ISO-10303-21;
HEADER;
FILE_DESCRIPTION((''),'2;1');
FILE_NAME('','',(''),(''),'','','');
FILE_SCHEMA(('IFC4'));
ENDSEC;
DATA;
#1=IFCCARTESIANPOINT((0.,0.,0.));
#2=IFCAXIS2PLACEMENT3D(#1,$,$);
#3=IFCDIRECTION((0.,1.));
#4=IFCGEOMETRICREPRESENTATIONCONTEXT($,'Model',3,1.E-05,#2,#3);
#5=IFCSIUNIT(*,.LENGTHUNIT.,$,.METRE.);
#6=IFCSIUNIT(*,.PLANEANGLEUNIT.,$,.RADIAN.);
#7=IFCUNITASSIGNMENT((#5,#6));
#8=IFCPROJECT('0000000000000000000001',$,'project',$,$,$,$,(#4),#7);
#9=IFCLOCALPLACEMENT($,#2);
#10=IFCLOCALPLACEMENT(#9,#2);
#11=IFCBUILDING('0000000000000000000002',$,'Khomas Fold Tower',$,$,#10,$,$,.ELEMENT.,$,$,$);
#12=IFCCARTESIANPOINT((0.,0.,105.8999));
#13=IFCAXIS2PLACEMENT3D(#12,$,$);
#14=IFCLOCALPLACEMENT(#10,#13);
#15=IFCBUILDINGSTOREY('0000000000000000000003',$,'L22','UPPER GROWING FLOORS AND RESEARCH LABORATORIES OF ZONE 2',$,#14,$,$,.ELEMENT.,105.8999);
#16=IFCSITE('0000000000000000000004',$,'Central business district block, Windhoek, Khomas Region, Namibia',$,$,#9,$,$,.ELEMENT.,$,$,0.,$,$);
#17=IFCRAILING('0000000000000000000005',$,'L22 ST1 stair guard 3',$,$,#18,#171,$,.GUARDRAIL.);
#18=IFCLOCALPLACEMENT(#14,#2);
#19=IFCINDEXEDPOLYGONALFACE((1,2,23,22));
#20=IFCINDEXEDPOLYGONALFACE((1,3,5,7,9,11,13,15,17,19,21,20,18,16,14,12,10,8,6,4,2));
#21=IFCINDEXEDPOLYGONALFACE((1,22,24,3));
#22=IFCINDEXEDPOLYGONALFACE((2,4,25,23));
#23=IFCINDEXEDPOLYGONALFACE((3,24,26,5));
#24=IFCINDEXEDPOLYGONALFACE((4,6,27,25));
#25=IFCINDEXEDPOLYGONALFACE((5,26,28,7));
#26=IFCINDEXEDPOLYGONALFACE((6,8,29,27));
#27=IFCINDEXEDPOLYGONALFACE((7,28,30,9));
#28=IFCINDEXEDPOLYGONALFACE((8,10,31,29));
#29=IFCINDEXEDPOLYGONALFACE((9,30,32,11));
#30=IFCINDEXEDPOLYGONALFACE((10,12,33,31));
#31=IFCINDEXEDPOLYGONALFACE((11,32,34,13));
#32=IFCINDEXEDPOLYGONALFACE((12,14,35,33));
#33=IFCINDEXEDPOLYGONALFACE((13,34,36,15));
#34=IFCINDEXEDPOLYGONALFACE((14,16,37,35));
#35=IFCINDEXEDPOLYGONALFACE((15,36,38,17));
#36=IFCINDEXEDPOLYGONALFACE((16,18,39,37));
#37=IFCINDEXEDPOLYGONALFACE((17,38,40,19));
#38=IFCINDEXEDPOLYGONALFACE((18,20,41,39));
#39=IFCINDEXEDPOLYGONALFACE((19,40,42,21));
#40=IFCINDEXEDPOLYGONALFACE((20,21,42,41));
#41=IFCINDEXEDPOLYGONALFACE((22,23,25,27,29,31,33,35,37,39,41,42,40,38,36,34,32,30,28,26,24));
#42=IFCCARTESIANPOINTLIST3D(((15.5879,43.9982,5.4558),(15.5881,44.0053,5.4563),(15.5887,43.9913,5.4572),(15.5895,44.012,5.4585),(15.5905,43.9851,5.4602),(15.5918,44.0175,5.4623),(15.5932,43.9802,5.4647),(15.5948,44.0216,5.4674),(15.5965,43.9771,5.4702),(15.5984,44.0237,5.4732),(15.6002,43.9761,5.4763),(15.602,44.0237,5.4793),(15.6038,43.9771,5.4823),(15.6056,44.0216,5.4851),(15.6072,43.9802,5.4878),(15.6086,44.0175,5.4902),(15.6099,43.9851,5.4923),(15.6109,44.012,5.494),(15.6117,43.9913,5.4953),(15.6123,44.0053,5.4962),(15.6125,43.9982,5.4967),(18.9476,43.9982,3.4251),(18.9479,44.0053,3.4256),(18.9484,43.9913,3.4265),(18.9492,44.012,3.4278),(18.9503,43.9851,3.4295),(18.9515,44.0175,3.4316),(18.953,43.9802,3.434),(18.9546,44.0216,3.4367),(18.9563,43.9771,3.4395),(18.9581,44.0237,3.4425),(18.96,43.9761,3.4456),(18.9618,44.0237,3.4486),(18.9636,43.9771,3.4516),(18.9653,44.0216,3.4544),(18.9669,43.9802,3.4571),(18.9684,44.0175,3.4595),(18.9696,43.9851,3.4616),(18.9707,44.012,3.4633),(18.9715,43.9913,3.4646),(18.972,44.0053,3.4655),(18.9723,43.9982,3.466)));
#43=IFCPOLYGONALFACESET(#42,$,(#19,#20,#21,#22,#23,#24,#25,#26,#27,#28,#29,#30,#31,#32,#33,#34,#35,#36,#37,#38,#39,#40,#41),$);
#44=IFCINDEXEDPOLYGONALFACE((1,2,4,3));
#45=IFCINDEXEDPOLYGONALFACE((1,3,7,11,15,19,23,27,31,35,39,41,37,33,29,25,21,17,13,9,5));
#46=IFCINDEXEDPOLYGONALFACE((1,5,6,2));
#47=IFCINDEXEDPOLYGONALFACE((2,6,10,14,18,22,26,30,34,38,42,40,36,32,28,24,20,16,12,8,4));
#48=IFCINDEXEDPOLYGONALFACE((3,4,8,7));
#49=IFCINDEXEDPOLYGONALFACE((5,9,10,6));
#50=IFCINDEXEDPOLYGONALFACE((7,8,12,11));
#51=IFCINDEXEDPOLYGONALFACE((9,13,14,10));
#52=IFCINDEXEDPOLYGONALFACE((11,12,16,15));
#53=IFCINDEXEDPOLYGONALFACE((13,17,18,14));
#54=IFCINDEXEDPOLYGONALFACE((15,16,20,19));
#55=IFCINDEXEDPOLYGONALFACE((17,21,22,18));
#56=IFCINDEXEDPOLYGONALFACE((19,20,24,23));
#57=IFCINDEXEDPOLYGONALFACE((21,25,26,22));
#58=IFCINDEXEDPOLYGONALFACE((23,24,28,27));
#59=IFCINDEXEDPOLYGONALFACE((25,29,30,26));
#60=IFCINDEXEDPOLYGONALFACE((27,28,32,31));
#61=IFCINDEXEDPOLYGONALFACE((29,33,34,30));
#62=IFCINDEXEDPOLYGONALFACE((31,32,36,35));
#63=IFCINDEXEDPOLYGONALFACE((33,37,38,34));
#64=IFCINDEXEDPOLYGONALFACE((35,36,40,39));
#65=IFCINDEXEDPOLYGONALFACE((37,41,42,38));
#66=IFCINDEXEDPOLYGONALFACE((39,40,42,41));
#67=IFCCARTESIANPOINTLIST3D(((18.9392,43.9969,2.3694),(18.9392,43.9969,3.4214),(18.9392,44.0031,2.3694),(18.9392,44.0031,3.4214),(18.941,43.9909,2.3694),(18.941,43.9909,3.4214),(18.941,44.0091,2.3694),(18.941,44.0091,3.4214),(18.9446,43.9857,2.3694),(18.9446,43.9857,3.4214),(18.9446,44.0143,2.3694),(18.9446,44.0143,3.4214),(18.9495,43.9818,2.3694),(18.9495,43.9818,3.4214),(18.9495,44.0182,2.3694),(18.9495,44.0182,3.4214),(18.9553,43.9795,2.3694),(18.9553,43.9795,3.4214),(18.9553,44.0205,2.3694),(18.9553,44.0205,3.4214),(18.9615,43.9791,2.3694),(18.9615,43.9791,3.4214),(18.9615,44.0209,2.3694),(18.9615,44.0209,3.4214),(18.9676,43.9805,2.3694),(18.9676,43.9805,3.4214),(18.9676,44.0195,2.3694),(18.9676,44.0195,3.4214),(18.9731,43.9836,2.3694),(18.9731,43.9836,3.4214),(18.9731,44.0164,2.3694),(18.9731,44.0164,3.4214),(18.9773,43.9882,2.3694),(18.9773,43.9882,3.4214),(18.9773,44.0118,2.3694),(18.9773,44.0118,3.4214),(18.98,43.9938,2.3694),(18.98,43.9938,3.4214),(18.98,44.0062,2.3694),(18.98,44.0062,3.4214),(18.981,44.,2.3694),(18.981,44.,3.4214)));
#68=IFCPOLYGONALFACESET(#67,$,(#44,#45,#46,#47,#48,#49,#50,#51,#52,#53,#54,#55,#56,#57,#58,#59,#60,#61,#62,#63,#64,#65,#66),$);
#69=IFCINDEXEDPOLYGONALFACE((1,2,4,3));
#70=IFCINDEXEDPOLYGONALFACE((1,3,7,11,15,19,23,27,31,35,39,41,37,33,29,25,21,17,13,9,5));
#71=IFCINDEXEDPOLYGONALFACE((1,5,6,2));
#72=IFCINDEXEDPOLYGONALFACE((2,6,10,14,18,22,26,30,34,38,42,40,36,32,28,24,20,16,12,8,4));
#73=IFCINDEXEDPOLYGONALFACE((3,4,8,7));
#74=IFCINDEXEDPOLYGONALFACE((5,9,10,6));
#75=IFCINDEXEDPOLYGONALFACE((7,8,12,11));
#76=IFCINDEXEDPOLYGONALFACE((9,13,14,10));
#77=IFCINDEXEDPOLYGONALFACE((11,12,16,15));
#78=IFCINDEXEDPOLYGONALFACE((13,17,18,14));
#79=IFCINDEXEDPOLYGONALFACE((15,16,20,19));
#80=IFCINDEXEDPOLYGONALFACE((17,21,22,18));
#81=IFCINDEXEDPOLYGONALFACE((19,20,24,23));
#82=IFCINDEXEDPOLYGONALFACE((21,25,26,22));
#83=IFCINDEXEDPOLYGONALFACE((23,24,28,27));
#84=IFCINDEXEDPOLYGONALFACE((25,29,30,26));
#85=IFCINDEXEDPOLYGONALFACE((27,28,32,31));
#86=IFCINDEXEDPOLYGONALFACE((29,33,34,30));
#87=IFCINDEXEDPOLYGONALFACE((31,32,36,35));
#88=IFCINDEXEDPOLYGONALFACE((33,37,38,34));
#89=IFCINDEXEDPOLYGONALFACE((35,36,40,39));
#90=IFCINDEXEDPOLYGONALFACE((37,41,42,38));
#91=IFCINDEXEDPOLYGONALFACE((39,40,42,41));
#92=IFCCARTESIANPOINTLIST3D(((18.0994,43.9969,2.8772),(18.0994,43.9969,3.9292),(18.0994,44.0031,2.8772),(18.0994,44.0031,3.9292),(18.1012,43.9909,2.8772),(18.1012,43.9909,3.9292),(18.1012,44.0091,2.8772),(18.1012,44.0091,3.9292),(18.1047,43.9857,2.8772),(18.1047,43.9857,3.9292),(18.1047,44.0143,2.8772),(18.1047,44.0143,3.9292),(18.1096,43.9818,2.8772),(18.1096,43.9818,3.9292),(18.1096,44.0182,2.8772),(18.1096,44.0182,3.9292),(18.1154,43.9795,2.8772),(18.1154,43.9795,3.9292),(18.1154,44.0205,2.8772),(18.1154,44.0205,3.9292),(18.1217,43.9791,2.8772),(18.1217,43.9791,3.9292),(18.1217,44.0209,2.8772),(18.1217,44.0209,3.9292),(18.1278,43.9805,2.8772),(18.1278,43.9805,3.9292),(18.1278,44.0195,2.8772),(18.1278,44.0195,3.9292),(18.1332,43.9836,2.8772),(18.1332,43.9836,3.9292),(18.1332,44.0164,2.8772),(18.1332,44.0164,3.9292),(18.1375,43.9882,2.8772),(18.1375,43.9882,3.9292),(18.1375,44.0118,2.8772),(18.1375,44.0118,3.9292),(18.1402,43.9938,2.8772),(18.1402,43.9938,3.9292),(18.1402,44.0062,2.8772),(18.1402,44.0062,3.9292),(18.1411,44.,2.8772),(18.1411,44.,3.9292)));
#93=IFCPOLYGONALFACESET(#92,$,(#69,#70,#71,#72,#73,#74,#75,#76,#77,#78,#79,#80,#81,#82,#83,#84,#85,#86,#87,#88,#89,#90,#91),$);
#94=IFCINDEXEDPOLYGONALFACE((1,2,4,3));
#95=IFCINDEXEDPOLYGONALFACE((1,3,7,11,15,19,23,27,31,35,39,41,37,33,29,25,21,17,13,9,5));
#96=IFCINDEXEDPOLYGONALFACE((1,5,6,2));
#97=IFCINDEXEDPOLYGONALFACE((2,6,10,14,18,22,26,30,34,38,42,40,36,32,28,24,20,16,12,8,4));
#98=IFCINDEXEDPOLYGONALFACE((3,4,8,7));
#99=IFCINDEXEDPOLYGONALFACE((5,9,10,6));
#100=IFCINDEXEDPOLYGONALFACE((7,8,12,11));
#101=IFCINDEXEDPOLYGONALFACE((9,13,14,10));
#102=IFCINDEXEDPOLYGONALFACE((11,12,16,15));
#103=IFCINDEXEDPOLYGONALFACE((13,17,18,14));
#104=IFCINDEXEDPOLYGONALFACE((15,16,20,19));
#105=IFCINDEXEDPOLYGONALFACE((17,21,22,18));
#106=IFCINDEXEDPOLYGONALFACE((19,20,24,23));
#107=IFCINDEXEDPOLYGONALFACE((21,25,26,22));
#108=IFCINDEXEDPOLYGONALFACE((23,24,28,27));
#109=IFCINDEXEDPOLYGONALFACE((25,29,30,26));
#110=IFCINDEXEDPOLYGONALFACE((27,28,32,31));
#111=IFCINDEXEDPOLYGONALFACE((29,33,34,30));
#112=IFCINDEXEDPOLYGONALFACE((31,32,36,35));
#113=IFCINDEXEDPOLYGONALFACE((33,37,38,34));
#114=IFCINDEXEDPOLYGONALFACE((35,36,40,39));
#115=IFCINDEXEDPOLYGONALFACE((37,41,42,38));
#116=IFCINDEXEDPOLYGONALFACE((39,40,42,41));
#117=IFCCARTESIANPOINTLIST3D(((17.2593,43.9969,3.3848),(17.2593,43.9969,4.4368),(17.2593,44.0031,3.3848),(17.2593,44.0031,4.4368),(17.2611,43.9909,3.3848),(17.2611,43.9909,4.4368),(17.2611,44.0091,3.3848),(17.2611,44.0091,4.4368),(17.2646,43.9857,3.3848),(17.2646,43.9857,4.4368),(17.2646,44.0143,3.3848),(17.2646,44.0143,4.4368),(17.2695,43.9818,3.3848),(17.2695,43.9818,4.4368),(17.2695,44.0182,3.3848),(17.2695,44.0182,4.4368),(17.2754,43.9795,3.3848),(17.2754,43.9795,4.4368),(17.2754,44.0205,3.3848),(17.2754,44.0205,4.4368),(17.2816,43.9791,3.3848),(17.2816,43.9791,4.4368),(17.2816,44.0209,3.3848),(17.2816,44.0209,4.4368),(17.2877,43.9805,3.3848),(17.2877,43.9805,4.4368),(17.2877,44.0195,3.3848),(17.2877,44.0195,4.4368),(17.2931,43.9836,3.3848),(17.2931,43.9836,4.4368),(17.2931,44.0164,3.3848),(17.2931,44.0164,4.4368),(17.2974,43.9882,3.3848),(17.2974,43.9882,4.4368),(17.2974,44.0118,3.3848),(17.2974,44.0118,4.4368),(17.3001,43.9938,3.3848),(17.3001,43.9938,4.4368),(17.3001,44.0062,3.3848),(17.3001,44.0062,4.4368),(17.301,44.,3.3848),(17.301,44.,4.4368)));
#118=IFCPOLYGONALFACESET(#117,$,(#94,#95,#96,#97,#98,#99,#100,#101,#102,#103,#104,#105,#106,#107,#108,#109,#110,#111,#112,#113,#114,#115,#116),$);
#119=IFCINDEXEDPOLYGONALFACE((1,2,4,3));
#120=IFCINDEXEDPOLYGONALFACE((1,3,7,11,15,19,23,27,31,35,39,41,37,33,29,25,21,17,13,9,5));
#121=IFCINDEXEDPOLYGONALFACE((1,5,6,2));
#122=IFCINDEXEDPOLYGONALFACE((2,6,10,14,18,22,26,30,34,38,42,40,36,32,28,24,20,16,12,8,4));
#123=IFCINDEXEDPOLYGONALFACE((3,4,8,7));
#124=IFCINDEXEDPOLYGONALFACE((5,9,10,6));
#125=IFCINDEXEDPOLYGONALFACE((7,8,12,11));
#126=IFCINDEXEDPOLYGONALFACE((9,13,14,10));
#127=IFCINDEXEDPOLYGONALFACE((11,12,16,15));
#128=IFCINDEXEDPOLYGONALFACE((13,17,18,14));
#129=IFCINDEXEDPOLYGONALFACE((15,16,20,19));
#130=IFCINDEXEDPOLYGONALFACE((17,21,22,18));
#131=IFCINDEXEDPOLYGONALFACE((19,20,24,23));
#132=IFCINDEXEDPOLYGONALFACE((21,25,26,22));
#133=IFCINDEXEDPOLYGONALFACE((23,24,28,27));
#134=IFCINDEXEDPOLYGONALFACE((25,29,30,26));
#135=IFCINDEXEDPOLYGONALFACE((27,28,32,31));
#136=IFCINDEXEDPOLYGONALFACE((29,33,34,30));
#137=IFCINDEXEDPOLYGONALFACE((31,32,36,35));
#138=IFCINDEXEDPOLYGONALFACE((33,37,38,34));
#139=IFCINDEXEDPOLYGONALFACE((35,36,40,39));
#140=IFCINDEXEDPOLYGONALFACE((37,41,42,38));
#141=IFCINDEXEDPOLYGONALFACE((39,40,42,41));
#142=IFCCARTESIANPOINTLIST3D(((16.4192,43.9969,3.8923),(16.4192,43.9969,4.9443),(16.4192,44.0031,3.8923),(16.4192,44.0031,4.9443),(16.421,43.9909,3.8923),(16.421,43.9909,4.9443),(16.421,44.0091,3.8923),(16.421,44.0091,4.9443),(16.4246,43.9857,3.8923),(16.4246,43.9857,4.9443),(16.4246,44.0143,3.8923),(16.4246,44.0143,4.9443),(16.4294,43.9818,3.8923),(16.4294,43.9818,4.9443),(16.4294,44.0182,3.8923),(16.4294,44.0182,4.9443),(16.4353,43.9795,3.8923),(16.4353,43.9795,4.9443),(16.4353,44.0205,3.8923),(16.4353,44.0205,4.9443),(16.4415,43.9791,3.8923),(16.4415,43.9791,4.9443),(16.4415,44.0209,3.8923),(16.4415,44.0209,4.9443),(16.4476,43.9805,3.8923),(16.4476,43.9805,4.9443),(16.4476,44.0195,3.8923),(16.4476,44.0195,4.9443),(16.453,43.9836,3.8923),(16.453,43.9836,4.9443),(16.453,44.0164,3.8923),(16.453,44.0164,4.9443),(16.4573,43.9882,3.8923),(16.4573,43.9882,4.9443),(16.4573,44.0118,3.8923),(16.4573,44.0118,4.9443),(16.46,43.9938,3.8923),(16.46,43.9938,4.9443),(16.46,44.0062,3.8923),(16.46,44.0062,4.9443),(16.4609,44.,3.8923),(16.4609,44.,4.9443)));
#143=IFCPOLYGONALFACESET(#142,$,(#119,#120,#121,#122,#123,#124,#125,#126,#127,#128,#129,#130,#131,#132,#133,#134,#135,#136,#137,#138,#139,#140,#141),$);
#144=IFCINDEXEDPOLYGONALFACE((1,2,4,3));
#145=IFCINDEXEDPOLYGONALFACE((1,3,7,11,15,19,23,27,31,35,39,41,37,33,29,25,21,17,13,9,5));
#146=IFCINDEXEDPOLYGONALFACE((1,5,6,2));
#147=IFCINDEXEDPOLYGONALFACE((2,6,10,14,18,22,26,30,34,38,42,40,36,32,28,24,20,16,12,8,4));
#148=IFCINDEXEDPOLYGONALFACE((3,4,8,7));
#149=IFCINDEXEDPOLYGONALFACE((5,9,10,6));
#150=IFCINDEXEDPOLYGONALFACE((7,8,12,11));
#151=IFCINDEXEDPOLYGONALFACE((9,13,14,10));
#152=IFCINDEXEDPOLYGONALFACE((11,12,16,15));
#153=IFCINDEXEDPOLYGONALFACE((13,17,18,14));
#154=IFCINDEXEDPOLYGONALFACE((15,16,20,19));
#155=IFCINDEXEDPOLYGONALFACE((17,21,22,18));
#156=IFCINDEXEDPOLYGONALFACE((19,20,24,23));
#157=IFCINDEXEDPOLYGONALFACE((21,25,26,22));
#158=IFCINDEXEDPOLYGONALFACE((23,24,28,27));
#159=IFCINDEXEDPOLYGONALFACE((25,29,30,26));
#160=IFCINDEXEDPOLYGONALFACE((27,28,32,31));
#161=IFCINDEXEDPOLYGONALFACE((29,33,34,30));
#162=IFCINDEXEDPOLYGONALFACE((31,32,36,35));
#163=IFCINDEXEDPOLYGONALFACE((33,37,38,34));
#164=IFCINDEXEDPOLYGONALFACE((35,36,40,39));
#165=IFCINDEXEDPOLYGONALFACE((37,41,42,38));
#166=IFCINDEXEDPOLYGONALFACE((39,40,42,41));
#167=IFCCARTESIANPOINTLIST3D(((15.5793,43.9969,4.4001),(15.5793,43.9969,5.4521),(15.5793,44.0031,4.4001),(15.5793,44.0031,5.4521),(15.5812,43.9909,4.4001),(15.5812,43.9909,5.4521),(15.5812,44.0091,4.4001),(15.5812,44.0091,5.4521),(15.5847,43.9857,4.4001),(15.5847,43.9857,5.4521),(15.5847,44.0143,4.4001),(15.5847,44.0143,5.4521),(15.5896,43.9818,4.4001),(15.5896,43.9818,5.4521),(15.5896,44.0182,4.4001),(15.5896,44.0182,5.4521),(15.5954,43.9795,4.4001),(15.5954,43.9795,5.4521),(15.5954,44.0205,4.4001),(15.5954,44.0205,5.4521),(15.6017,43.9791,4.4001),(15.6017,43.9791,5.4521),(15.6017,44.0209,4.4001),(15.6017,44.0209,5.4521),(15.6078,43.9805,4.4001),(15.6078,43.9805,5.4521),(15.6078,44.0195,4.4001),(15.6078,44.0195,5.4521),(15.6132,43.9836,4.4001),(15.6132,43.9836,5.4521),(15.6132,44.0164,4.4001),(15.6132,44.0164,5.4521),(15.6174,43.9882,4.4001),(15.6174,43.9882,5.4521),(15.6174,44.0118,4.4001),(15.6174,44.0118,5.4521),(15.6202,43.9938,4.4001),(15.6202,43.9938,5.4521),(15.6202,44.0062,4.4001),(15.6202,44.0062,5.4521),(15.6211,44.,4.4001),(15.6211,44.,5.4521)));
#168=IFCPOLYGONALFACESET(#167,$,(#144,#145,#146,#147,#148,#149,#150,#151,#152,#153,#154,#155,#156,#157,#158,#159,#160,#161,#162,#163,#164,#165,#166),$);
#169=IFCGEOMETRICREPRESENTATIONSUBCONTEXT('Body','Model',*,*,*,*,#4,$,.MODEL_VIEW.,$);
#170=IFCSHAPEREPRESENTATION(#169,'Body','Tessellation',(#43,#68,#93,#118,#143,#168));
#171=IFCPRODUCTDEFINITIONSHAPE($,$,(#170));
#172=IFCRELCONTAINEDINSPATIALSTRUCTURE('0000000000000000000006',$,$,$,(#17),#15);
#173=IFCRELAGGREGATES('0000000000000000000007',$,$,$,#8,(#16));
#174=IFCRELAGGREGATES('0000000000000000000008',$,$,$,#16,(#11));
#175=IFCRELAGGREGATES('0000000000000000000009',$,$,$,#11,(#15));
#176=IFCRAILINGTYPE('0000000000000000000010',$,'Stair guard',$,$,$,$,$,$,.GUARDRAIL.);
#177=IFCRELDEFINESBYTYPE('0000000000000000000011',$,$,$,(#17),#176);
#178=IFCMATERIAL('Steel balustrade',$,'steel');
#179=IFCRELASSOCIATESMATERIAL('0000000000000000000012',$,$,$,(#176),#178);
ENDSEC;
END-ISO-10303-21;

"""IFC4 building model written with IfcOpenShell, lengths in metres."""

from ifc_helpers import new_model, si_unit, direction, frame, origin, origin_2d, place, context, subcontext, project, spatial, circle, extrude, source, transform, mapped, material, type_object, element, save


model = new_model("IFC4")

# Units and contexts
model_context = context("Model", 3, precision=1e-05, world=origin(), true_north=direction((0.0, 1.0)))
body_context = subcontext(model_context, "Body", "Model", "MODEL_VIEW")
ifc_project = project(units=[si_unit("LENGTHUNIT", "METRE"), si_unit("PLANEANGLEUNIT", "RADIAN")], contexts=[model_context])

# Site, building, storey
site_placement = place(None, origin())
site = spatial("IfcSite", under=ifc_project, at=site_placement, Name="Central business district block, Windhoek, Khomas Region, Namibia", CompositionType="ELEMENT", RefElevation=0.0)
building_placement = place(site_placement, origin())
building = spatial("IfcBuilding", under=site, at=building_placement, Name="Khomas Fold Tower", CompositionType="ELEMENT")
storey_placement = place(building_placement, frame((0.0, 0.0, 105.8999)))
storey = spatial("IfcBuildingStorey", under=building, at=storey_placement, Name="L22", Description="UPPER GROWING FLOORS AND RESEARCH LABORATORIES OF ZONE 2", CompositionType="ELEMENT", Elevation=105.8999)

# Railing
ifc_material_1 = material(Name="Steel balustrade", Category="steel")
railing_type_1 = type_object("IfcRailingType", Name="Stair guard", PredefinedType="GUARDRAIL", material=ifc_material_1)
shared_shape_1 = source(origin(), body_context, "Body", "SweptSolid", [
    extrude(circle(Radius=0.0239, at=origin_2d()), frame((0.0, 0.0, 1.0762), z_axis=(-0.85582, 0.0, 0.517273), x_axis=(0.0, -1.0, 0.0)), (0.0, 0.0, 1.0), 3.9258),
    extrude(circle(Radius=0.021, at=origin_2d()), origin(), (0.0, 0.0, 1.0), 1.052),
    extrude(circle(Radius=0.021, at=origin_2d()), frame((-0.8398, 0.0, 0.5078)), (0.0, 0.0, 1.0), 1.052),
    extrude(circle(Radius=0.021, at=origin_2d()), frame((-1.6799, 0.0, 1.0154)), (0.0, 0.0, 1.0), 1.052),
    extrude(circle(Radius=0.021, at=origin_2d()), frame((-2.52, 0.0, 1.5229)), (0.0, 0.0, 1.0), 1.052),
    extrude(circle(Radius=0.021, at=origin_2d()), frame((-3.3599, 0.0, 2.0308)), (0.0, 0.0, 1.0), 1.052),
])
railing_1_placement = place(storey_placement, frame((18.96, 44.0, 2.3694)))
element("IfcRailing", 1, at=railing_1_placement, inside=storey, type_object=railing_type_1, Name="L22 ST1 stair guard 3", PredefinedType="GUARDRAIL", context=body_context, shape_type="MappedRepresentation", body=[
    mapped(shared_shape_1, transform((0.0, 0.0, 0.0))),
])

save(model, "model.ifc")
